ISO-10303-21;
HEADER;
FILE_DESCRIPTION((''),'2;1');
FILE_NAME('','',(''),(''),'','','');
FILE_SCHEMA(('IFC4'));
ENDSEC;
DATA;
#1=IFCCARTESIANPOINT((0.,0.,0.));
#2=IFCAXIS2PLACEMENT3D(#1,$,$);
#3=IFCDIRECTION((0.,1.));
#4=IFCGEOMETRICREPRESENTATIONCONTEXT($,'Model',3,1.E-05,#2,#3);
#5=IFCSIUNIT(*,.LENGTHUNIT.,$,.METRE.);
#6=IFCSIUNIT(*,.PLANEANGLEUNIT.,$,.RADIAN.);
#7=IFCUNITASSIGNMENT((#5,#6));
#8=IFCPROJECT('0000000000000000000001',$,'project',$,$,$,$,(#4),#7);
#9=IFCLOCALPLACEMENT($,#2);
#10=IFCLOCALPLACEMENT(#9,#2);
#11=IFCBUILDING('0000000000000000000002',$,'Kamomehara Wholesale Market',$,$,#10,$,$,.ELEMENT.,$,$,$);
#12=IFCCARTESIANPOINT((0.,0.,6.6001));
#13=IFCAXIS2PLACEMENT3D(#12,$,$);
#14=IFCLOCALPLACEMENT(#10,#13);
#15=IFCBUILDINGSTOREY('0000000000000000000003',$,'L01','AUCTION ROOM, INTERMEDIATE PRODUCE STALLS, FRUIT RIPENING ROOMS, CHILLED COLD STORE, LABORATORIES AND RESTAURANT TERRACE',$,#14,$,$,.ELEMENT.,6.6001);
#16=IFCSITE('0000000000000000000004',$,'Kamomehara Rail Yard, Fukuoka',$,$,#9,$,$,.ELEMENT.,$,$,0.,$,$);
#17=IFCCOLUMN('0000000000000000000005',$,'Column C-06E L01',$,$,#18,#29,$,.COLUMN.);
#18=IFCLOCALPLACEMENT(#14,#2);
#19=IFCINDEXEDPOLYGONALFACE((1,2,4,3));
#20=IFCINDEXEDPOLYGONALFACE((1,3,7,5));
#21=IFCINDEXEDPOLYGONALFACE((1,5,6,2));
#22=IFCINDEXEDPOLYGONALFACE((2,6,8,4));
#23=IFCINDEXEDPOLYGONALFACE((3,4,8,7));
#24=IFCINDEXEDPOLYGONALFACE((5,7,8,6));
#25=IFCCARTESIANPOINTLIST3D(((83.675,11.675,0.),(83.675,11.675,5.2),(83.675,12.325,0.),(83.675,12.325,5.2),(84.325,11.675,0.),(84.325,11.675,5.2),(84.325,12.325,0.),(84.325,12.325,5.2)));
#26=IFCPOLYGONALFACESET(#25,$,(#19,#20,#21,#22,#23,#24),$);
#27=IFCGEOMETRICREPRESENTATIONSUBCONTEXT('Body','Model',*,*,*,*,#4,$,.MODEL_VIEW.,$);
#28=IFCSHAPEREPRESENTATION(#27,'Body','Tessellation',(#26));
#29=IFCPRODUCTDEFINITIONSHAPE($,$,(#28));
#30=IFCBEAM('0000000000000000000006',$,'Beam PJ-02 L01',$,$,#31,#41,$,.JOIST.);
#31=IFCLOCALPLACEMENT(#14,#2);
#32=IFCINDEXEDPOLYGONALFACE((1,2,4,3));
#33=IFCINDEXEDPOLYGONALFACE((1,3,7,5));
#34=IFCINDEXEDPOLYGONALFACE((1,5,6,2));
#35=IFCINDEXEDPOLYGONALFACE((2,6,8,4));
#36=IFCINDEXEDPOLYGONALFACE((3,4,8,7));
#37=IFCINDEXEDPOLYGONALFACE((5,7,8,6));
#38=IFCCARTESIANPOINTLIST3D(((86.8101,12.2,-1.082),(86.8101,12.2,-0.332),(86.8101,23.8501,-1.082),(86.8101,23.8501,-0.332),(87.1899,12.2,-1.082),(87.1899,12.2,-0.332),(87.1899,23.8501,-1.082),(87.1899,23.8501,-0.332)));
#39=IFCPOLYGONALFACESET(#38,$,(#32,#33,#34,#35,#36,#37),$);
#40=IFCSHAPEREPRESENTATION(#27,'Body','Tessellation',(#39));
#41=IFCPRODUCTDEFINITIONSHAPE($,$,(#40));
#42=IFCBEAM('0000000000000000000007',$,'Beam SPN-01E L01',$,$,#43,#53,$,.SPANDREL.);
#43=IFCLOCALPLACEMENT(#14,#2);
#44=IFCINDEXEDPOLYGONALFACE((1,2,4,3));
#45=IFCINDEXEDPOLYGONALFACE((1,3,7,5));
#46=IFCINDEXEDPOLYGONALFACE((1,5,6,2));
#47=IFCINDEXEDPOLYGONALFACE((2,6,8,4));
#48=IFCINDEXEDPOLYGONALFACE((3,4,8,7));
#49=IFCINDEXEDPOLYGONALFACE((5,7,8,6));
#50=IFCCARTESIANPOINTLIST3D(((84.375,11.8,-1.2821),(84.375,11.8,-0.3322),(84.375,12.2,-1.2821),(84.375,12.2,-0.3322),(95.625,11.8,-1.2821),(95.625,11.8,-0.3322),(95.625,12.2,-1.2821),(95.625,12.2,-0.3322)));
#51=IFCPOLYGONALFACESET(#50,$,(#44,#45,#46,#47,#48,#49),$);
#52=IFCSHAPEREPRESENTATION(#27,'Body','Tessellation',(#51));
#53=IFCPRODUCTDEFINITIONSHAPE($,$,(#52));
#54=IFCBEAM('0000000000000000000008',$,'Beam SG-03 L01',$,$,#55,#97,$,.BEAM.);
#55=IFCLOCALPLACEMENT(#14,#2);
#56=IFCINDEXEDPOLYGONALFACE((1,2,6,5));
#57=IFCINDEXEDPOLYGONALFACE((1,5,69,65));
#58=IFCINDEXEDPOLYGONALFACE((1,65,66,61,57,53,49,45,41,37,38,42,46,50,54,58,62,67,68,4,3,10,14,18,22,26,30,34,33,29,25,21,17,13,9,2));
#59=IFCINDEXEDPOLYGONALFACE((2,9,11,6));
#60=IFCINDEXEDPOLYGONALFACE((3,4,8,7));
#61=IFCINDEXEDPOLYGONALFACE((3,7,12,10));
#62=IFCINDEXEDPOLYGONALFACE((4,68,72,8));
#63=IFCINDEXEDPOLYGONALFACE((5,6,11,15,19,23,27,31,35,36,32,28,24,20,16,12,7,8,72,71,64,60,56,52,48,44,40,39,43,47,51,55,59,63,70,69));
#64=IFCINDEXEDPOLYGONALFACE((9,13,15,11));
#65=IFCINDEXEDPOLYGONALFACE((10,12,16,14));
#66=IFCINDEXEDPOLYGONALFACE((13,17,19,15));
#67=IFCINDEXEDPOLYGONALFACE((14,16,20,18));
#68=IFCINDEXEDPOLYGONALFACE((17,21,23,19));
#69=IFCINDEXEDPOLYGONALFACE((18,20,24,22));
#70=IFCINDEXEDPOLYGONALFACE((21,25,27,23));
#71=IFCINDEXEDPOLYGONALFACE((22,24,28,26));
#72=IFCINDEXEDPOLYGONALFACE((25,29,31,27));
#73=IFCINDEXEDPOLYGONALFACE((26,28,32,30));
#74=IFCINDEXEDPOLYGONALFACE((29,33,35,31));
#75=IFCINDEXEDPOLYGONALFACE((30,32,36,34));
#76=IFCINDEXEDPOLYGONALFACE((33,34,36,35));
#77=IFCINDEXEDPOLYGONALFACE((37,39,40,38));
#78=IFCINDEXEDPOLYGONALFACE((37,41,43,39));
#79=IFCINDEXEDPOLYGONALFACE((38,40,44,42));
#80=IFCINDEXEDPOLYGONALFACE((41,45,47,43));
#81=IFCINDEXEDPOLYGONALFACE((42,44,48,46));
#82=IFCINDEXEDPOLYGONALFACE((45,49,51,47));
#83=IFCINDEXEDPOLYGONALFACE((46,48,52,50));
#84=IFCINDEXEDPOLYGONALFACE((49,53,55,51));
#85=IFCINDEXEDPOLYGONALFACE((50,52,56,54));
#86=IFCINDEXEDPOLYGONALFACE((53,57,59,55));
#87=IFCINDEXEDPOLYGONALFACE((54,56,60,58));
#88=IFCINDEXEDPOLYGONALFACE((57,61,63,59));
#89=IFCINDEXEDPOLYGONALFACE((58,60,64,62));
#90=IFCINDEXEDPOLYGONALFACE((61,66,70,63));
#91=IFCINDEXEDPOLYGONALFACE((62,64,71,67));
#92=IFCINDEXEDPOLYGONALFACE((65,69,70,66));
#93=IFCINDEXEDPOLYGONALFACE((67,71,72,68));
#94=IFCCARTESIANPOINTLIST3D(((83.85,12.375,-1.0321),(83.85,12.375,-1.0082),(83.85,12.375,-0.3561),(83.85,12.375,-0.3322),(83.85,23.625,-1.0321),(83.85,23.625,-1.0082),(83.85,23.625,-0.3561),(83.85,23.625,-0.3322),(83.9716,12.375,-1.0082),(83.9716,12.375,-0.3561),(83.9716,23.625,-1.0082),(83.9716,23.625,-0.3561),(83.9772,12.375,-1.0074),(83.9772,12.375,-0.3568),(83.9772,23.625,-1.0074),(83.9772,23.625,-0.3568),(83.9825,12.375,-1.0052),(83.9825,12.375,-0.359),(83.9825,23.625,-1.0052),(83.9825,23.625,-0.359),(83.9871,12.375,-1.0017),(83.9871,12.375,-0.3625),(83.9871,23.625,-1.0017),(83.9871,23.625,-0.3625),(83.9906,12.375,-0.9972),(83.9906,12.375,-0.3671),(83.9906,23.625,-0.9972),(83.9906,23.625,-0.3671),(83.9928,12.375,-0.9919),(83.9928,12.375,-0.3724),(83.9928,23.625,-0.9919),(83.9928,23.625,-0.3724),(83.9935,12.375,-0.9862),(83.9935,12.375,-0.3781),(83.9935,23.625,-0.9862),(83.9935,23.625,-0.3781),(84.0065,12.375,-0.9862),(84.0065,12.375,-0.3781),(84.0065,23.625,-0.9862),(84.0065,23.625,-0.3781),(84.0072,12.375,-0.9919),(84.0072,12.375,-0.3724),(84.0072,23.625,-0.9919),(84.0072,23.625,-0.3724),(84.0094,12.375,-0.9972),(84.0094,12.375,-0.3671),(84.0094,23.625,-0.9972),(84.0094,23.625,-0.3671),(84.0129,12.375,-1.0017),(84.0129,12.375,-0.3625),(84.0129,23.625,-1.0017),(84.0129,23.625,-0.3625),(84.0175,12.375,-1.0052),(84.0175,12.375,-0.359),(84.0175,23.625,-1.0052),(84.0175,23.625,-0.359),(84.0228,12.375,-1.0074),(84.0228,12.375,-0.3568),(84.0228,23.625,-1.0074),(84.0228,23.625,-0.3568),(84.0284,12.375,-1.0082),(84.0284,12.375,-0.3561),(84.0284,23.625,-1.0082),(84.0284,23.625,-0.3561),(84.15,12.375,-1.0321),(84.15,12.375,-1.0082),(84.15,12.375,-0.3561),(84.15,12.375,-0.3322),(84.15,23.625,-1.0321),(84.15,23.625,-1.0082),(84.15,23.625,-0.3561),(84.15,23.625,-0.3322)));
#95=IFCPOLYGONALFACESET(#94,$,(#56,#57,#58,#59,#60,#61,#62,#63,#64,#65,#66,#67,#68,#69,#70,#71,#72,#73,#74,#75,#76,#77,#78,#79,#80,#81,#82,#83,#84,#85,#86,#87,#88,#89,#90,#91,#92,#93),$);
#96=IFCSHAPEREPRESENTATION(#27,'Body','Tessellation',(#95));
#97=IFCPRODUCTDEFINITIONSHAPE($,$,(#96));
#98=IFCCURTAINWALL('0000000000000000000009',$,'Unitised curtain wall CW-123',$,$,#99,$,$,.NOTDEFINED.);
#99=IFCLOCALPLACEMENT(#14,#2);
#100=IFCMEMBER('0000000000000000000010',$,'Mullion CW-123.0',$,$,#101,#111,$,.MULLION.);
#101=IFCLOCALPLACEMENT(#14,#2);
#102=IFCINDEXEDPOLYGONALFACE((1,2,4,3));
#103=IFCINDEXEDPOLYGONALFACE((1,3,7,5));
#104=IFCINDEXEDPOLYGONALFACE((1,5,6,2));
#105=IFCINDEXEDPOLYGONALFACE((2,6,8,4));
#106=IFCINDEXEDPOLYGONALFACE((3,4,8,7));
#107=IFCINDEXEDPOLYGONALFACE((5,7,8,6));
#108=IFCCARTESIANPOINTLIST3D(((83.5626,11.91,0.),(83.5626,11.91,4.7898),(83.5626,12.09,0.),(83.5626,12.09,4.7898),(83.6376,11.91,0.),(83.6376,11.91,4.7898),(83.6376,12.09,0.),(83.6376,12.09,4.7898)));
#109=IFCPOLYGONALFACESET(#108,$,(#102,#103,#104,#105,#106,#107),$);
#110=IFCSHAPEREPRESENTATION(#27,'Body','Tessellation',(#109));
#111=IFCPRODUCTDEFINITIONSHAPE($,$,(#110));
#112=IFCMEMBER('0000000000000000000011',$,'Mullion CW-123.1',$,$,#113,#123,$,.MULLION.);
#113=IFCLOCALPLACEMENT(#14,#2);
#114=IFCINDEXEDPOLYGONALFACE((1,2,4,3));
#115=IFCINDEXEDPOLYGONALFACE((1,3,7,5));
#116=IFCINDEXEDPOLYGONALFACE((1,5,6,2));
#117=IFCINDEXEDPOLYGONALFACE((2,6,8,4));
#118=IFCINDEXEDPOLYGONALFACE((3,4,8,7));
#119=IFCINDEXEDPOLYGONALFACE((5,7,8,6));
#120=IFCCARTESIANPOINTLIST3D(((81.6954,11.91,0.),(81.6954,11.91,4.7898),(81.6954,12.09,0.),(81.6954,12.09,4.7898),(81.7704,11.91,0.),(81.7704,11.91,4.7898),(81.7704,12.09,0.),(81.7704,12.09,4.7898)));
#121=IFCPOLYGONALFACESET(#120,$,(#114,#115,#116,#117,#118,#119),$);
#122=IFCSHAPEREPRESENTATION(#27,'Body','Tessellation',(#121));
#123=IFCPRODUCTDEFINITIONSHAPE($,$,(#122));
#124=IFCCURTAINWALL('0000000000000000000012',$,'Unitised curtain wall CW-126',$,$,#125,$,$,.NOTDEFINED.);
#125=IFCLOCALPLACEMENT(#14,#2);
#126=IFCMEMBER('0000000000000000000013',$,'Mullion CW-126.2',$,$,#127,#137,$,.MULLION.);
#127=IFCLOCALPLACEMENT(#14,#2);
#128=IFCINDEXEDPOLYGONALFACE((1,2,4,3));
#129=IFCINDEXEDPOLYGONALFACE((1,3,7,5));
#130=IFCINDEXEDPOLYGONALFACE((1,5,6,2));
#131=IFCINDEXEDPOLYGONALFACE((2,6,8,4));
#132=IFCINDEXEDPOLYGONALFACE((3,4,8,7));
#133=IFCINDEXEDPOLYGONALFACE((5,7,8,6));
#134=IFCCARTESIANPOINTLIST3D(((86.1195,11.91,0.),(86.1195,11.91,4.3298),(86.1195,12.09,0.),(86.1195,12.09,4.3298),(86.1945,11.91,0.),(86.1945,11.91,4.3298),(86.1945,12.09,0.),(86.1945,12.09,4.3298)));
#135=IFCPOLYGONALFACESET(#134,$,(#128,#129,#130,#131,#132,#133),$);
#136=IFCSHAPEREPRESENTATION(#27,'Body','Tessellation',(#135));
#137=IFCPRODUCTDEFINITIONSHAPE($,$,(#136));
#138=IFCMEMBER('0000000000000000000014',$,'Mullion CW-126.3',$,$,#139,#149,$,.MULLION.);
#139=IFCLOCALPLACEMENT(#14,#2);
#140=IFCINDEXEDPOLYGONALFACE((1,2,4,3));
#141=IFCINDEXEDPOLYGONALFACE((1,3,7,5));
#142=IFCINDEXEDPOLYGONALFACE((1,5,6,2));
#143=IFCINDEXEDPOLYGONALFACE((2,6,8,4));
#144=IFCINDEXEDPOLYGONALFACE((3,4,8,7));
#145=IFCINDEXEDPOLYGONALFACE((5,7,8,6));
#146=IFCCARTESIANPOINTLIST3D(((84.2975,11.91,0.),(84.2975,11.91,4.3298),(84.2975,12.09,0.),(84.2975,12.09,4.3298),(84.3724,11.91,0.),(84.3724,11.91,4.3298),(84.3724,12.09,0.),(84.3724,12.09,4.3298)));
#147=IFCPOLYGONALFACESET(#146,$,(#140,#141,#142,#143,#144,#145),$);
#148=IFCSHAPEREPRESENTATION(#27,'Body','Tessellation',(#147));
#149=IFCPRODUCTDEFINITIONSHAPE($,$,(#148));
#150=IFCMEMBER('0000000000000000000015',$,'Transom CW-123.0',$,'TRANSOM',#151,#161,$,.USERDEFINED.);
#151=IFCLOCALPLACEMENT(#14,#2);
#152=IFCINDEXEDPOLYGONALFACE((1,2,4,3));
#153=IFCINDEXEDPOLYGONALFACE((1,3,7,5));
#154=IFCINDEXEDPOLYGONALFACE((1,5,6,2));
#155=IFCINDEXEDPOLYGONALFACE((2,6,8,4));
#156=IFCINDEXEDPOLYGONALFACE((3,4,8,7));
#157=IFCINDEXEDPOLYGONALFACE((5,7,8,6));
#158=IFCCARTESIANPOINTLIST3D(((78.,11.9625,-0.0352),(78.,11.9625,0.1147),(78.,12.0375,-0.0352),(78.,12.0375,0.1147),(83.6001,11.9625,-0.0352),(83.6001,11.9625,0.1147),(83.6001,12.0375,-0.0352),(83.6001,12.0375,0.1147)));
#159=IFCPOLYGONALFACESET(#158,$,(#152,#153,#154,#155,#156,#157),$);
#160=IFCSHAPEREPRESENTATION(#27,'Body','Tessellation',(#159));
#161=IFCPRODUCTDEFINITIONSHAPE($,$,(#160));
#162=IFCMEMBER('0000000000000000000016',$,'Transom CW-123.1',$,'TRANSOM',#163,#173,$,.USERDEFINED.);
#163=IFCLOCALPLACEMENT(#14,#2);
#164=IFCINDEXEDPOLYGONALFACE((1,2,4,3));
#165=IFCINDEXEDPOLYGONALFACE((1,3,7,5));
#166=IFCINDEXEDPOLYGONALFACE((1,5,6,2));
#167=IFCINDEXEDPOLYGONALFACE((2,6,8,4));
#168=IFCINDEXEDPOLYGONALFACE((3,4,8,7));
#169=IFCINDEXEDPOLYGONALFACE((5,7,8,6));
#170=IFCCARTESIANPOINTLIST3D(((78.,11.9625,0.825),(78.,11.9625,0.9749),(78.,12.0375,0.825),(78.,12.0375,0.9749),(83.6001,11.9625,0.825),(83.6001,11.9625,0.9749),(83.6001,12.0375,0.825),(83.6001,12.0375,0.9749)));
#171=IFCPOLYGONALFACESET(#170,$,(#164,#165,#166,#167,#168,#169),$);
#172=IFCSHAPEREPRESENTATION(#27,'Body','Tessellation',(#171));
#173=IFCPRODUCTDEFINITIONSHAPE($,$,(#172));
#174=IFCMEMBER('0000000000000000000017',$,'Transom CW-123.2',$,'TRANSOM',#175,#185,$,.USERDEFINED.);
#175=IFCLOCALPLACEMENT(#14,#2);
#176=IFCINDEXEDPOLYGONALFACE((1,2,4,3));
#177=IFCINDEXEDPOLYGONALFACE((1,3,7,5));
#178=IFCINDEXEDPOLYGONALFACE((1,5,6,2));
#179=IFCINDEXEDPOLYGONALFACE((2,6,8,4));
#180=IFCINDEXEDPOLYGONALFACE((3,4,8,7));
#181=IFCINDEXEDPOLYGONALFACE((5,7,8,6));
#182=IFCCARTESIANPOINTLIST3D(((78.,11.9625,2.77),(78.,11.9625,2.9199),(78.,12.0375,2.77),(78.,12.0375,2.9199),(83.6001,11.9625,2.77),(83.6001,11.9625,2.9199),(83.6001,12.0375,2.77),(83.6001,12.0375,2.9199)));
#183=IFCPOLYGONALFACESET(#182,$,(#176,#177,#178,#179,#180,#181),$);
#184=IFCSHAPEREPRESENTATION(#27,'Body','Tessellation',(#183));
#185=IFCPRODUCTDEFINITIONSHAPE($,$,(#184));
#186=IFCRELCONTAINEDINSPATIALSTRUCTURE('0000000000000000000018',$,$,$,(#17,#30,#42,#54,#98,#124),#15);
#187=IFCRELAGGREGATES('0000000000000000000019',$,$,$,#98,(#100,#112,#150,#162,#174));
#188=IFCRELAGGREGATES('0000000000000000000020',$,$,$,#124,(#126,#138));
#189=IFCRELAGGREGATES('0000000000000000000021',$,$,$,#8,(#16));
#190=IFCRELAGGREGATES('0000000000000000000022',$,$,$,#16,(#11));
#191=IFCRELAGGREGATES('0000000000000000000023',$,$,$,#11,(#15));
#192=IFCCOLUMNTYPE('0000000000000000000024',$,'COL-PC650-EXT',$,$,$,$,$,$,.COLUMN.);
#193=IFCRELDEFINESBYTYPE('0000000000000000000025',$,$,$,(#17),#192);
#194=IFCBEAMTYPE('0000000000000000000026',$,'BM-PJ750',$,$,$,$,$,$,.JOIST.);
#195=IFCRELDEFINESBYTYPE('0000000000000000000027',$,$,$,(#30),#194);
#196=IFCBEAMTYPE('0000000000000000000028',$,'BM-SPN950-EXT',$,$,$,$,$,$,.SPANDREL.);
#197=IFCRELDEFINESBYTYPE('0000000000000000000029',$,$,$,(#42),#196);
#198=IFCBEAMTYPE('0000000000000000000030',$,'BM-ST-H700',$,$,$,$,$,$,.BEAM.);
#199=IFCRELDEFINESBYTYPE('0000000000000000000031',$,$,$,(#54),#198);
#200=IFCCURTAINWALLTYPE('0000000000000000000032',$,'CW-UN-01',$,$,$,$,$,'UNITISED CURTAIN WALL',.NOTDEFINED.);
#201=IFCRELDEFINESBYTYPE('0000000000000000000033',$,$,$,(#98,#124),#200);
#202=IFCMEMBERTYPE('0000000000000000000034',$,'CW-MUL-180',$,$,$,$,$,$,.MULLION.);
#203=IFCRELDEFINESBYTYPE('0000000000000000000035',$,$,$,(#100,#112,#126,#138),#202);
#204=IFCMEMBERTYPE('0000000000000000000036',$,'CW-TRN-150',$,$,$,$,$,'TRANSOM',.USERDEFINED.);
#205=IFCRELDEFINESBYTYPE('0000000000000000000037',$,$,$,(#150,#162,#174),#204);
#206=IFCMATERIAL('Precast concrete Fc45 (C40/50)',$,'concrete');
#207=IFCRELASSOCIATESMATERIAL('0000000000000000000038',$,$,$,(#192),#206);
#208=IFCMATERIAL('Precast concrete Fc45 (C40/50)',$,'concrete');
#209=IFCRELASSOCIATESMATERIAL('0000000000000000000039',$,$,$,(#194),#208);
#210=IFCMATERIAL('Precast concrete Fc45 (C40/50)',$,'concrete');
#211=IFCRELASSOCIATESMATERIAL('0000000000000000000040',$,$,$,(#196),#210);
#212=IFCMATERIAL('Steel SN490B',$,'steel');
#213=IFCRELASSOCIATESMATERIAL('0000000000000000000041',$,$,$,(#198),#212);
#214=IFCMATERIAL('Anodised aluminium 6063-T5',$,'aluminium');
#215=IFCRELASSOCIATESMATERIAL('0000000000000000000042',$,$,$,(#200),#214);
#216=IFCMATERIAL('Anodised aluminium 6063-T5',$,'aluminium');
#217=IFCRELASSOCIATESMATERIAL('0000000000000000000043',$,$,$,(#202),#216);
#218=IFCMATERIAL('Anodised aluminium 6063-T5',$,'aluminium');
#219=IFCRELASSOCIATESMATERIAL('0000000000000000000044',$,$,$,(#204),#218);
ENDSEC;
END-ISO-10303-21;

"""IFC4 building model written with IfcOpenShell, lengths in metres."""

from ifc_helpers import new_model, si_unit, direction, frame, origin, origin_2d, place, context, subcontext, project, spatial, rectangle, i_section, extrude, material, material_profile, profile_set, type_object, element, aggregate, save


model = new_model("IFC4")

# Units and contexts
model_context = context("Model", 3, precision=1e-05, world=origin(), true_north=direction((0.0, 1.0)))
body_context = subcontext(model_context, "Body", "Model", "MODEL_VIEW")
ifc_project = project(units=[si_unit("LENGTHUNIT", "METRE"), si_unit("PLANEANGLEUNIT", "RADIAN")], contexts=[model_context])

# Site, building, storey
site_placement = place(None, origin())
site = spatial("IfcSite", under=ifc_project, at=site_placement, Name="Kamomehara Rail Yard, Fukuoka", CompositionType="ELEMENT", RefElevation=0.0)
building_placement = place(site_placement, origin())
building = spatial("IfcBuilding", under=site, at=building_placement, Name="Kamomehara Wholesale Market", CompositionType="ELEMENT")
storey_placement = place(building_placement, frame((0.0, 0.0, 6.6001)))
storey = spatial("IfcBuildingStorey", under=building, at=storey_placement, Name="L01", Description="AUCTION ROOM, INTERMEDIATE PRODUCE STALLS, FRUIT RIPENING ROOMS, CHILLED COLD STORE, LABORATORIES AND RESTAURANT TERRACE", CompositionType="ELEMENT", Elevation=6.6001)

# Column
ifc_material_1 = material(Name="Precast concrete Fc45 (C40/50)", Category="concrete")
ifc_material_profile_1 = material_profile(ifc_material_1, rectangle(XDim=0.6499, YDim=0.6499, at=origin_2d()), Name="PC-COL-650x650")
ifc_profile_set_1 = profile_set([ifc_material_profile_1], Name="Precast concrete Fc45 (C40/50)")
column_type = type_object("IfcColumnType", Name="COL-PC650-EXT", PredefinedType="COLUMN", material=ifc_profile_set_1)
column_placement = place(storey_placement, frame((84.0, 12.0, 0.0), z_axis=(0.0, 0.0, 1.0), x_axis=(1.0, 0.0, 0.0)))
element("IfcColumn", 1, at=column_placement, inside=storey, type_object=column_type, Name="Column C-06E L01", PredefinedType="COLUMN", context=body_context, shape_type="SweptSolid", body=[
    extrude(rectangle(XDim=0.6499, YDim=0.6499, at=origin_2d()), origin(), (0.0, 0.0, 1.0), 5.2),
])

# Beams
ifc_material_2 = material(Name="Precast concrete Fc45 (C40/50)", Category="concrete")
ifc_material_profile_2 = material_profile(ifc_material_2, rectangle(XDim=0.3799, YDim=0.75, at=origin_2d()), Name="PC-JST-380x750")
ifc_profile_set_2 = profile_set([ifc_material_profile_2], Name="Precast concrete Fc45 (C40/50)")
beam_type_1 = type_object("IfcBeamType", Name="BM-PJ750", PredefinedType="JOIST", material=ifc_profile_set_2)
beam_1_placement = place(storey_placement, frame((87.0, 12.2, -0.707), z_axis=(0.0, 1.0, 0.0), x_axis=(-1.0, 0.0, 0.0)))
element("IfcBeam", 2, at=beam_1_placement, inside=storey, type_object=beam_type_1, Name="Beam PJ-02 L01", PredefinedType="JOIST", context=body_context, shape_type="SweptSolid", body=[
    extrude(rectangle(XDim=0.3799, YDim=0.75, at=origin_2d()), origin(), (0.0, 0.0, 1.0), 11.6501),
])
ifc_material_3 = material(Name="Precast concrete Fc45 (C40/50)", Category="concrete")
ifc_material_profile_3 = material_profile(ifc_material_3, rectangle(XDim=0.3999, YDim=0.95, at=origin_2d()), Name="PC-SPN-400x950")
ifc_profile_set_3 = profile_set([ifc_material_profile_3], Name="Precast concrete Fc45 (C40/50)")
beam_type_2 = type_object("IfcBeamType", Name="BM-SPN950-EXT", PredefinedType="SPANDREL", material=ifc_profile_set_3)
beam_2_placement = place(storey_placement, frame((84.375, 12.0, -0.8071), z_axis=(1.0, 0.0, 0.0), x_axis=(0.0, 1.0, 0.0)))
element("IfcBeam", 3, at=beam_2_placement, inside=storey, type_object=beam_type_2, Name="Beam SPN-01E L01", PredefinedType="SPANDREL", context=body_context, shape_type="SweptSolid", body=[
    extrude(rectangle(XDim=0.3999, YDim=0.95, at=origin_2d()), origin(), (0.0, 0.0, 1.0), 11.25),
])
ifc_material_4 = material(Name="Steel SN490B", Category="steel")
ifc_material_profile_4 = material_profile(ifc_material_4, i_section(OverallWidth=0.3, OverallDepth=0.7, WebThickness=0.0129, FlangeThickness=0.0239, FilletRadius=0.022, at=origin_2d()), Name="H-700x300x13x24")
ifc_profile_set_4 = profile_set([ifc_material_profile_4], Name="Steel SN490B")
beam_type_3 = type_object("IfcBeamType", Name="BM-ST-H700", PredefinedType="BEAM", material=ifc_profile_set_4)
beam_3_placement = place(storey_placement, frame((84.0, 12.375, -0.6821), z_axis=(0.0, 1.0, 0.0), x_axis=(-1.0, 0.0, 0.0)))
element("IfcBeam", 4, at=beam_3_placement, inside=storey, type_object=beam_type_3, Name="Beam SG-03 L01", PredefinedType="BEAM", context=body_context, shape_type="SweptSolid", body=[
    extrude(i_section(OverallWidth=0.3, OverallDepth=0.7, WebThickness=0.0129, FlangeThickness=0.0239, FilletRadius=0.022, at=origin_2d()), origin(), (0.0, 0.0, 1.0), 11.25),
])

# Curtain walls, members
ifc_material_5 = material(Name="Anodised aluminium 6063-T5", Category="aluminium")
curtain_wall_type = type_object("IfcCurtainWallType", Name="CW-UN-01", ElementType="UNITISED CURTAIN WALL", PredefinedType="NOTDEFINED", material=ifc_material_5)
curtain_wall_1_placement = place(storey_placement, origin())
curtain_wall_1 = element("IfcCurtainWall", 5, at=curtain_wall_1_placement, inside=storey, type_object=curtain_wall_type, Name="Unitised curtain wall CW-123", PredefinedType="NOTDEFINED")
ifc_material_6 = material(Name="Anodised aluminium 6063-T5", Category="aluminium")
ifc_material_profile_5 = material_profile(ifc_material_6, rectangle(XDim=0.075, YDim=0.1799, at=origin_2d()), Name="ALU-MUL-75x180")
ifc_profile_set_5 = profile_set([ifc_material_profile_5], Name="Anodised aluminium 6063-T5")
member_type_1 = type_object("IfcMemberType", Name="CW-MUL-180", PredefinedType="MULLION", material=ifc_profile_set_5)
member_1_placement = place(storey_placement, frame((83.6001, 12.0, 0.0), z_axis=(0.0, 0.0, 1.0), x_axis=(-1.0, 0.0, 0.0)))
member_1 = element("IfcMember", 6, at=member_1_placement, type_object=member_type_1, Name="Mullion CW-123.0", PredefinedType="MULLION", context=body_context, shape_type="SweptSolid", body=[
    extrude(rectangle(XDim=0.075, YDim=0.1799, at=origin_2d()), origin(), (0.0, 0.0, 1.0), 4.7898),
])
member_2_placement = place(storey_placement, frame((81.7329, 12.0, 0.0), z_axis=(0.0, 0.0, 1.0), x_axis=(-1.0, 0.0, 0.0)))
member_2 = element("IfcMember", 7, at=member_2_placement, type_object=member_type_1, Name="Mullion CW-123.1", PredefinedType="MULLION", context=body_context, shape_type="SweptSolid", body=[
    extrude(rectangle(XDim=0.075, YDim=0.1799, at=origin_2d()), origin(), (0.0, 0.0, 1.0), 4.7898),
])
curtain_wall_2_placement = place(storey_placement, origin())
curtain_wall_2 = element("IfcCurtainWall", 8, at=curtain_wall_2_placement, inside=storey, type_object=curtain_wall_type, Name="Unitised curtain wall CW-126", PredefinedType="NOTDEFINED")
member_3_placement = place(storey_placement, frame((86.157, 12.0, 0.0), z_axis=(0.0, 0.0, 1.0), x_axis=(-1.0, 0.0, 0.0)))
member_3 = element("IfcMember", 9, at=member_3_placement, type_object=member_type_1, Name="Mullion CW-126.2", PredefinedType="MULLION", context=body_context, shape_type="SweptSolid", body=[
    extrude(rectangle(XDim=0.075, YDim=0.1799, at=origin_2d()), origin(), (0.0, 0.0, 1.0), 4.3298),
])
member_4_placement = place(storey_placement, frame((84.335, 12.0, 0.0), z_axis=(0.0, 0.0, 1.0), x_axis=(-1.0, 0.0, 0.0)))
member_4 = element("IfcMember", 10, at=member_4_placement, type_object=member_type_1, Name="Mullion CW-126.3", PredefinedType="MULLION", context=body_context, shape_type="SweptSolid", body=[
    extrude(rectangle(XDim=0.075, YDim=0.1799, at=origin_2d()), origin(), (0.0, 0.0, 1.0), 4.3298),
])

# Members
ifc_material_7 = material(Name="Anodised aluminium 6063-T5", Category="aluminium")
ifc_material_profile_6 = material_profile(ifc_material_7, rectangle(XDim=0.075, YDim=0.1499, at=origin_2d()), Name="ALU-TRN-75x150")
ifc_profile_set_6 = profile_set([ifc_material_profile_6], Name="Anodised aluminium 6063-T5")
member_type_2 = type_object("IfcMemberType", Name="CW-TRN-150", ElementType="TRANSOM", PredefinedType="USERDEFINED", material=ifc_profile_set_6)
member_5_placement = place(storey_placement, frame((83.6001, 12.0, 0.0398), z_axis=(-1.0, 0.0, 0.0), x_axis=(0.0, -1.0, 0.0)))
member_5 = element("IfcMember", 11, at=member_5_placement, type_object=member_type_2, Name="Transom CW-123.0", ObjectType="TRANSOM", PredefinedType="USERDEFINED", context=body_context, shape_type="SweptSolid", body=[
    extrude(rectangle(XDim=0.075, YDim=0.1499, at=origin_2d()), origin(), (0.0, 0.0, 1.0), 5.6001),
])
member_6_placement = place(storey_placement, frame((83.6001, 12.0, 0.8999), z_axis=(-1.0, 0.0, 0.0), x_axis=(0.0, -1.0, 0.0)))
member_6 = element("IfcMember", 12, at=member_6_placement, type_object=member_type_2, Name="Transom CW-123.1", ObjectType="TRANSOM", PredefinedType="USERDEFINED", context=body_context, shape_type="SweptSolid", body=[
    extrude(rectangle(XDim=0.075, YDim=0.1499, at=origin_2d()), origin(), (0.0, 0.0, 1.0), 5.6001),
])
member_7_placement = place(storey_placement, frame((83.6001, 12.0, 2.845), z_axis=(-1.0, 0.0, 0.0), x_axis=(0.0, -1.0, 0.0)))
member_7 = element("IfcMember", 13, at=member_7_placement, type_object=member_type_2, Name="Transom CW-123.2", ObjectType="TRANSOM", PredefinedType="USERDEFINED", context=body_context, shape_type="SweptSolid", body=[
    extrude(rectangle(XDim=0.075, YDim=0.1499, at=origin_2d()), origin(), (0.0, 0.0, 1.0), 5.6001),
])

aggregate(curtain_wall_1, [member_1, member_2, member_5, member_6, member_7])
aggregate(curtain_wall_2, [member_3, member_4])

save(model, "model.ifc")
